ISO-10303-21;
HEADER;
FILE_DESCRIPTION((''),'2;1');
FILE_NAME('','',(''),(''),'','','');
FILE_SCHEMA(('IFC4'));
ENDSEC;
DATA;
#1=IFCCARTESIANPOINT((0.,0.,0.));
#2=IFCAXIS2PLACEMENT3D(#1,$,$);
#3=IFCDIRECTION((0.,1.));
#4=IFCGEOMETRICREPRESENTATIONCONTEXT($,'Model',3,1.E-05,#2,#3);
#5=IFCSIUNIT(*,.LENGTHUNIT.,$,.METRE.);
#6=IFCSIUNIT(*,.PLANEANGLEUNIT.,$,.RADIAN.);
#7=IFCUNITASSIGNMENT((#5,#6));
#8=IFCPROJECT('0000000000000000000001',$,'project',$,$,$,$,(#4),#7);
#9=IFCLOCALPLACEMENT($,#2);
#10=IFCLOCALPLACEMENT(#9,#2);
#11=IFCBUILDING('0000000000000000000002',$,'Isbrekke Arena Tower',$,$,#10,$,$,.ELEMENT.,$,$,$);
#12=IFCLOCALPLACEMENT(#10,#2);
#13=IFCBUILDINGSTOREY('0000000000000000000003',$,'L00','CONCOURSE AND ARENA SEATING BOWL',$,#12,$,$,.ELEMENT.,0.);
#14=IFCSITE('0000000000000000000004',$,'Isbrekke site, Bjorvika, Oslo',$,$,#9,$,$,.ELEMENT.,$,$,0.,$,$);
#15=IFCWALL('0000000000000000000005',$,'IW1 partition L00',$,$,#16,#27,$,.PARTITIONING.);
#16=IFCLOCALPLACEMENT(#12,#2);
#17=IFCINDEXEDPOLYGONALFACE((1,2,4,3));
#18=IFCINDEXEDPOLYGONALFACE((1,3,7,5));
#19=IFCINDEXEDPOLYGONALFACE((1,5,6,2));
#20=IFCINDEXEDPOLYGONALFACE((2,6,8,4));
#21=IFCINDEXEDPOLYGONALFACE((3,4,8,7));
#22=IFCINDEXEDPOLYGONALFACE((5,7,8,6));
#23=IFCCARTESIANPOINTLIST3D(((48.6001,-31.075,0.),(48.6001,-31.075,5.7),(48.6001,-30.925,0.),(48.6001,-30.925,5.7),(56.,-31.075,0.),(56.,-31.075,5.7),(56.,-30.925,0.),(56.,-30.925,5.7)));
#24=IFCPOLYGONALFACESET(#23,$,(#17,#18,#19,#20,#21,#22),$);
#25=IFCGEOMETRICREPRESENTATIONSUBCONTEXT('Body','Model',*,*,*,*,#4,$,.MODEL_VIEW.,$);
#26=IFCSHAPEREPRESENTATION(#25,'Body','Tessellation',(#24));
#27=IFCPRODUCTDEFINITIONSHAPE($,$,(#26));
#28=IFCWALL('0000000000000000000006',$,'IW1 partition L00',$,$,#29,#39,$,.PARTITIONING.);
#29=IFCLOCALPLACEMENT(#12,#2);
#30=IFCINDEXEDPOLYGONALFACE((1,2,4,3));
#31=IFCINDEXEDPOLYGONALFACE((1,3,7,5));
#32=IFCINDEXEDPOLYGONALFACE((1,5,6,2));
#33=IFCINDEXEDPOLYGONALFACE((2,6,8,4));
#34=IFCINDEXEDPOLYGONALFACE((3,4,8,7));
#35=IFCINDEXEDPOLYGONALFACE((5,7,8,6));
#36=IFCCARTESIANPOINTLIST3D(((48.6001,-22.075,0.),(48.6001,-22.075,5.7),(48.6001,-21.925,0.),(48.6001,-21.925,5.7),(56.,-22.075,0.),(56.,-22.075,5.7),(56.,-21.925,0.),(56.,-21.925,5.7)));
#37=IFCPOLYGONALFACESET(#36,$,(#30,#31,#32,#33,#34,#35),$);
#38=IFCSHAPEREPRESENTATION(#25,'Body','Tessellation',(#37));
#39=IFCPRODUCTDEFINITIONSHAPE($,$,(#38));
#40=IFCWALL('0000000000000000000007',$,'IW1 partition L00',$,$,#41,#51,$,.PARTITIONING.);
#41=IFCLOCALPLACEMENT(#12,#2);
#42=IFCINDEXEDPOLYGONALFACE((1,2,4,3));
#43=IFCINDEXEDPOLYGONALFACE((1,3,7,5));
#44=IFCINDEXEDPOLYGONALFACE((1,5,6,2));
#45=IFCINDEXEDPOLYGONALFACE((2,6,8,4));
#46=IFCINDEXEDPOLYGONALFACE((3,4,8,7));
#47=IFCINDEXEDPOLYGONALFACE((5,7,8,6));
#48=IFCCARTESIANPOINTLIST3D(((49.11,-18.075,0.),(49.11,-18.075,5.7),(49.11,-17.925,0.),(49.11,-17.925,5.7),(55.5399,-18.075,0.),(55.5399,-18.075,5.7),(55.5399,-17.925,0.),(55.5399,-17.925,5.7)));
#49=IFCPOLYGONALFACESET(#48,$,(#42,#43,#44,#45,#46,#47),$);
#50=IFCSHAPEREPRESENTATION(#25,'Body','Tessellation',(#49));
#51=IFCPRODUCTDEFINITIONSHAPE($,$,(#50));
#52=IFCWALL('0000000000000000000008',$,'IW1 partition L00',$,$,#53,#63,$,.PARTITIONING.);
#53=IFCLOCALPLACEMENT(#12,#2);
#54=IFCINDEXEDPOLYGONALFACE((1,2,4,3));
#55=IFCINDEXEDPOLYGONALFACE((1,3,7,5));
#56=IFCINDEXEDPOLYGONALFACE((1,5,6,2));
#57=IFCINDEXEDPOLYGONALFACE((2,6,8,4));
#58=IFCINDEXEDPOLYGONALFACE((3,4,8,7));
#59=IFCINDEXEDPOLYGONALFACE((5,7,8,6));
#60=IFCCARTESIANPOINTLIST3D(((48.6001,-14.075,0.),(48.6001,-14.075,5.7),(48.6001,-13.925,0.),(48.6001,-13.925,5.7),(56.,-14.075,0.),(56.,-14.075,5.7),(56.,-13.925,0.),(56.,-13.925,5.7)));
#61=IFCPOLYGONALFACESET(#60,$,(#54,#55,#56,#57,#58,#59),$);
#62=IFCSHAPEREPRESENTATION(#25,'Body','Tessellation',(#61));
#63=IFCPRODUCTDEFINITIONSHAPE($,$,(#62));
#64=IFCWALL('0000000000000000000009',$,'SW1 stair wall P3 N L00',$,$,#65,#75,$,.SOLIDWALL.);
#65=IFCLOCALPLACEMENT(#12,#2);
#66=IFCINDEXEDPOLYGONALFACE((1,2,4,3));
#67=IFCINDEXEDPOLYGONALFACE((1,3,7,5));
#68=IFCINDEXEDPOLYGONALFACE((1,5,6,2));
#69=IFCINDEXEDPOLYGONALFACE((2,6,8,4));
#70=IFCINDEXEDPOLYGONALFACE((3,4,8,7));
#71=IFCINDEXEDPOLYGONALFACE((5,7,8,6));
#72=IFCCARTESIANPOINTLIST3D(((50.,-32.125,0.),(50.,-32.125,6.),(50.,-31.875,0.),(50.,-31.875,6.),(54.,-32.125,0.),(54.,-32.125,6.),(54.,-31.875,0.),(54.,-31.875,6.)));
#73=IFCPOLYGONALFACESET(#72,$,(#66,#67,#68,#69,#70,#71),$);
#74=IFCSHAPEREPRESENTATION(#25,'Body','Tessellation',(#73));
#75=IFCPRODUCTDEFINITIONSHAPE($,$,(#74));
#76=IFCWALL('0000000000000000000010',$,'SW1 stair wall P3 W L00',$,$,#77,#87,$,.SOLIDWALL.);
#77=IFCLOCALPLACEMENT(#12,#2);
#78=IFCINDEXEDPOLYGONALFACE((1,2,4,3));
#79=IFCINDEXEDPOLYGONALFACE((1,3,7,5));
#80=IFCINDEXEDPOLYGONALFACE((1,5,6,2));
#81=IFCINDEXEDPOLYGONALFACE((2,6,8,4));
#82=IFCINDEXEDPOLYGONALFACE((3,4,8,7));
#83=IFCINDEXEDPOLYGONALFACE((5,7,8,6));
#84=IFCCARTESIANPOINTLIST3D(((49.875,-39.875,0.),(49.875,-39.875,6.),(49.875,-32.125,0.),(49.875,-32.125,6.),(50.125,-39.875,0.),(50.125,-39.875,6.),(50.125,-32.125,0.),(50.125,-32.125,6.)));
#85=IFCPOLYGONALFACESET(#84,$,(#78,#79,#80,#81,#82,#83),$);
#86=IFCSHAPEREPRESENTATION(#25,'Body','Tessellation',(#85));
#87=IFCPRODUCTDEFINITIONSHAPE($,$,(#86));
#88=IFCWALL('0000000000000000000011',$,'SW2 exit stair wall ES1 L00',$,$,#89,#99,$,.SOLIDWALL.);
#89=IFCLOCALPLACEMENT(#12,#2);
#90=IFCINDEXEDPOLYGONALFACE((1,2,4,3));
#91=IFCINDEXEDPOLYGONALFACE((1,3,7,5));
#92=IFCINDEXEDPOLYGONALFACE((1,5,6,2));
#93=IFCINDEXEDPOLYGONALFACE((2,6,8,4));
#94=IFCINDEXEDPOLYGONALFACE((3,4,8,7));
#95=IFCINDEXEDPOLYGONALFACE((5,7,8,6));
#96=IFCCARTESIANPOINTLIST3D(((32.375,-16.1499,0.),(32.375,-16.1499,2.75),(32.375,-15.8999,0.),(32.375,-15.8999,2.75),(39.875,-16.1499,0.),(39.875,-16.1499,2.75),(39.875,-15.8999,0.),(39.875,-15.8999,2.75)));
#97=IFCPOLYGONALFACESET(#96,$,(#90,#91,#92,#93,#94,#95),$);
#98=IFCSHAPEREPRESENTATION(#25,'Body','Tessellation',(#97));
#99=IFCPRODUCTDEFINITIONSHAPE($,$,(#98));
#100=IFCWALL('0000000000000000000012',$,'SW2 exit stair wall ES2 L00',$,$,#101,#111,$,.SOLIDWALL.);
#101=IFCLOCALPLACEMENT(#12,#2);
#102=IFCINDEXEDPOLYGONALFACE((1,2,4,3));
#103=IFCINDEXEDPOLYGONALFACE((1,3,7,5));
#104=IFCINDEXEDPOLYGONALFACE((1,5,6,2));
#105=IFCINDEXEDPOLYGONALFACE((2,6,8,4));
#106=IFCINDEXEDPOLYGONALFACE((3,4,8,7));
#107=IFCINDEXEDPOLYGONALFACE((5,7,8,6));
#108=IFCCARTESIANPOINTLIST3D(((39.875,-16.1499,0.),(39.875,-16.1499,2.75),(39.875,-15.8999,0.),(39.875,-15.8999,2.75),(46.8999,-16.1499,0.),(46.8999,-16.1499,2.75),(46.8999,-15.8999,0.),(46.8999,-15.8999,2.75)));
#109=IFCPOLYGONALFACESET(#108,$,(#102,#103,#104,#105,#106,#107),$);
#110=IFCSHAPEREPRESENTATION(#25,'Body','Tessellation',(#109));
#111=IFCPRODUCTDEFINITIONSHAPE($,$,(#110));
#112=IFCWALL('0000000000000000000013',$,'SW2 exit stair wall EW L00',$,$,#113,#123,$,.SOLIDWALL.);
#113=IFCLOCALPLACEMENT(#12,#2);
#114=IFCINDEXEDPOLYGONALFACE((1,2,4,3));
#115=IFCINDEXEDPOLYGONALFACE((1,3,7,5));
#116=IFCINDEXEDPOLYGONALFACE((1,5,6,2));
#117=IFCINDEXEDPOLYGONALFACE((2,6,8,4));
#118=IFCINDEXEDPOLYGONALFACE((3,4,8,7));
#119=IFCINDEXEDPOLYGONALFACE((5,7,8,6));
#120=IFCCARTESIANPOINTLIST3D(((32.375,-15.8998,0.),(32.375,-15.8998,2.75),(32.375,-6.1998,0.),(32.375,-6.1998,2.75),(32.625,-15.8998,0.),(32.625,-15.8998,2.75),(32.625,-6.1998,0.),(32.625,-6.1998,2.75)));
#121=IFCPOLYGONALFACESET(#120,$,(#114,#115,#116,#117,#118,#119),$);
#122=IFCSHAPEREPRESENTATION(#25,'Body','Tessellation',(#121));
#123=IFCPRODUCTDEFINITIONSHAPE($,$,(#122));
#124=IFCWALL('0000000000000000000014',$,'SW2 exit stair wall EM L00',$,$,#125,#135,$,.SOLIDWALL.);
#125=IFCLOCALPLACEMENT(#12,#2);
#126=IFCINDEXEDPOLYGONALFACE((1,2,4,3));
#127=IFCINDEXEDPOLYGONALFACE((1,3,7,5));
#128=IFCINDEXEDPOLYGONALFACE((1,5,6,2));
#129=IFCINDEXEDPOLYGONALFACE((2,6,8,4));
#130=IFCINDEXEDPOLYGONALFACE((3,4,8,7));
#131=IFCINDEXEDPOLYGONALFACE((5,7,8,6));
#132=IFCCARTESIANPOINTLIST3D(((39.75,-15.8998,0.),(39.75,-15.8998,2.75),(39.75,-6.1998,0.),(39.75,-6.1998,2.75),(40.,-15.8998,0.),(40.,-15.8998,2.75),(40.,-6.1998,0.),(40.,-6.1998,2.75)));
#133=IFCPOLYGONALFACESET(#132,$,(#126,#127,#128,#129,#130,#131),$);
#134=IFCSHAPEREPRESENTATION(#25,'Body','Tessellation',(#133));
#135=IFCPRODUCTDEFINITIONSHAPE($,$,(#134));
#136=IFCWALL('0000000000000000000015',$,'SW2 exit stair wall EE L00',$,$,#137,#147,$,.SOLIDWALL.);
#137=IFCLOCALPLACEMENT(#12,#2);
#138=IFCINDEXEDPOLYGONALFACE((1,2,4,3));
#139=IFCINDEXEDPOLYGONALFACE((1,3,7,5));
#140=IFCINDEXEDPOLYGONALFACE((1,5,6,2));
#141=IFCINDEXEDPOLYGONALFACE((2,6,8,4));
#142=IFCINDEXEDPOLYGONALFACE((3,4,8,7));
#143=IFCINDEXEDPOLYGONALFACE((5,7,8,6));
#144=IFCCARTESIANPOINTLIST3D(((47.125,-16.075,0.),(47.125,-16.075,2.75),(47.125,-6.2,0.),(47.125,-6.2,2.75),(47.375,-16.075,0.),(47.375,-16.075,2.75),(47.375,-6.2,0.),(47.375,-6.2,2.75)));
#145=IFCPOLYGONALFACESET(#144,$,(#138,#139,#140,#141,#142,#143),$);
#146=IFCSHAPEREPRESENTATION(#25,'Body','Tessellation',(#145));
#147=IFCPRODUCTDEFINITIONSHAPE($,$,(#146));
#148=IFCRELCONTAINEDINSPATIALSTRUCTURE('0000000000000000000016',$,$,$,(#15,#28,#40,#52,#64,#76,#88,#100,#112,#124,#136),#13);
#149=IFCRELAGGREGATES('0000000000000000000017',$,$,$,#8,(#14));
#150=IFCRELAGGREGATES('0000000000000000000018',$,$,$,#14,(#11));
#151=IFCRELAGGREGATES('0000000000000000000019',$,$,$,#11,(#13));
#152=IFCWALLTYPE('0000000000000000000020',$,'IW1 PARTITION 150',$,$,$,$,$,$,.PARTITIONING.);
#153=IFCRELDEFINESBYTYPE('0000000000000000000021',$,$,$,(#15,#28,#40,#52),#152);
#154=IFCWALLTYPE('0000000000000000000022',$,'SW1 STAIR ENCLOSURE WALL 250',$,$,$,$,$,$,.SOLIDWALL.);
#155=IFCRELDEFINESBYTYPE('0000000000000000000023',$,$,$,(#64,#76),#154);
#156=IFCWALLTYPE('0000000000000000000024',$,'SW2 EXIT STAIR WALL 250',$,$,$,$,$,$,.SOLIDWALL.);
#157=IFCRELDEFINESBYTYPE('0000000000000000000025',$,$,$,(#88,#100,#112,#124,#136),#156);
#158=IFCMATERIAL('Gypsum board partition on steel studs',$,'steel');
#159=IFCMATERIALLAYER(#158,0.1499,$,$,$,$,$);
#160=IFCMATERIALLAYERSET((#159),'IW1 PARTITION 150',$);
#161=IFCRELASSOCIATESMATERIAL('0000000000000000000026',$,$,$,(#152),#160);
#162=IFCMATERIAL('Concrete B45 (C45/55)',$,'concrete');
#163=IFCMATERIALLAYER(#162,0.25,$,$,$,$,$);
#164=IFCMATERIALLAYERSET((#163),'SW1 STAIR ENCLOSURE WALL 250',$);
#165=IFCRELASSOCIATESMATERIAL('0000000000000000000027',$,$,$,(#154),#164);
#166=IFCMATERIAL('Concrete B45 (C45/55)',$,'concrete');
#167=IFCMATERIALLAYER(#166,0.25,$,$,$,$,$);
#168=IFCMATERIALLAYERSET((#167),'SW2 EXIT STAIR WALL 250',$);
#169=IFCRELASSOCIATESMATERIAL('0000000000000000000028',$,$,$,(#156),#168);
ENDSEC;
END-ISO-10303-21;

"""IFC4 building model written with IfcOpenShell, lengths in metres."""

from ifc_helpers import new_model, si_unit, direction, frame, frame_2d, origin, place, context, subcontext, project, spatial, rectangle, extrude, material, layer, layer_set, type_object, element, save


model = new_model("IFC4")

# Units and contexts
model_context = context("Model", 3, precision=1e-05, world=origin(), true_north=direction((0.0, 1.0)))
body_context = subcontext(model_context, "Body", "Model", "MODEL_VIEW")
ifc_project = project(units=[si_unit("LENGTHUNIT", "METRE"), si_unit("PLANEANGLEUNIT", "RADIAN")], contexts=[model_context])

# Site, building, storey
site_placement = place(None, origin())
site = spatial("IfcSite", under=ifc_project, at=site_placement, Name="Isbrekke site, Bjorvika, Oslo", CompositionType="ELEMENT", RefElevation=0.0)
building_placement = place(site_placement, origin())
building = spatial("IfcBuilding", under=site, at=building_placement, Name="Isbrekke Arena Tower", CompositionType="ELEMENT")
storey_placement = place(building_placement, origin())
storey = spatial("IfcBuildingStorey", under=building, at=storey_placement, Name="L00", Description="CONCOURSE AND ARENA SEATING BOWL", CompositionType="ELEMENT", Elevation=0.0)

# Shared definitions
ifc_material_1 = material(Name="Gypsum board partition on steel studs", Category="steel")
ifc_layer_1 = layer(ifc_material_1, 0.1499)
ifc_layer_set_1 = layer_set([ifc_layer_1], Name="IW1 PARTITION 150")
wall_type_1 = type_object("IfcWallType", Name="IW1 PARTITION 150", PredefinedType="PARTITIONING", material=ifc_layer_set_1)

# Walls
for number, where, z_axis, x_axis, name in (
    (1, (48.6001, -31.0, 0.0), (0.0, 0.0, 1.0), (1.0, 0.0, 0.0), "IW1 partition L00"),
    (2, (48.6001, -22.0, 0.0), (0.0, 0.0, 1.0), (1.0, 0.0, 0.0), "IW1 partition L00"),
):
    element("IfcWall", number, at=place(storey_placement, frame(where, z_axis=z_axis, x_axis=x_axis)), inside=storey, type_object=wall_type_1, Name=name, PredefinedType="PARTITIONING", context=body_context, shape_type="SweptSolid", body=[
        extrude(rectangle(XDim=7.3999, YDim=0.1499, at=frame_2d((3.7, 0.0))), origin(), (0.0, 0.0, 1.0), 5.7),
    ])
wall_1_placement = place(storey_placement, frame((49.1101, -18.0, 0.0), z_axis=(0.0, 0.0, 1.0), x_axis=(1.0, 0.0, 0.0)))
element("IfcWall", 3, at=wall_1_placement, inside=storey, type_object=wall_type_1, Name="IW1 partition L00", PredefinedType="PARTITIONING", context=body_context, shape_type="SweptSolid", body=[
    extrude(rectangle(XDim=6.4299, YDim=0.1499, at=frame_2d((3.2148, 0.0))), origin(), (0.0, 0.0, 1.0), 5.7),
])
wall_2_placement = place(storey_placement, frame((48.6001, -14.0, 0.0), z_axis=(0.0, 0.0, 1.0), x_axis=(1.0, 0.0, 0.0)))
element("IfcWall", 4, at=wall_2_placement, inside=storey, type_object=wall_type_1, Name="IW1 partition L00", PredefinedType="PARTITIONING", context=body_context, shape_type="SweptSolid", body=[
    extrude(rectangle(XDim=7.3999, YDim=0.1499, at=frame_2d((3.7, 0.0))), origin(), (0.0, 0.0, 1.0), 5.7),
])
ifc_material_2 = material(Name="Concrete B45 (C45/55)", Category="concrete")
ifc_layer_2 = layer(ifc_material_2, 0.25)
ifc_layer_set_2 = layer_set([ifc_layer_2], Name="SW1 STAIR ENCLOSURE WALL 250")
wall_type_2 = type_object("IfcWallType", Name="SW1 STAIR ENCLOSURE WALL 250", PredefinedType="SOLIDWALL", material=ifc_layer_set_2)
wall_3_placement = place(storey_placement, frame((54.0, -32.0, 0.0), z_axis=(0.0, 0.0, 1.0), x_axis=(-1.0, 0.0, 0.0)))
element("IfcWall", 5, at=wall_3_placement, inside=storey, type_object=wall_type_2, Name="SW1 stair wall P3 N L00", PredefinedType="SOLIDWALL", context=body_context, shape_type="SweptSolid", body=[
    extrude(rectangle(XDim=4.0, YDim=0.25, at=frame_2d((2.0, 0.0))), origin(), (0.0, 0.0, 1.0), 6.0),
])
wall_4_placement = place(storey_placement, frame((50.0, -32.125, 0.0), z_axis=(0.0, 0.0, 1.0), x_axis=(0.0, -1.0, 0.0)))
element("IfcWall", 6, at=wall_4_placement, inside=storey, type_object=wall_type_2, Name="SW1 stair wall P3 W L00", PredefinedType="SOLIDWALL", context=body_context, shape_type="SweptSolid", body=[
    extrude(rectangle(XDim=7.75, YDim=0.25, at=frame_2d((3.875, 0.0))), origin(), (0.0, 0.0, 1.0), 6.0),
])
ifc_material_3 = material(Name="Concrete B45 (C45/55)", Category="concrete")
ifc_layer_3 = layer(ifc_material_3, 0.25)
ifc_layer_set_3 = layer_set([ifc_layer_3], Name="SW2 EXIT STAIR WALL 250")
wall_type_3 = type_object("IfcWallType", Name="SW2 EXIT STAIR WALL 250", PredefinedType="SOLIDWALL", material=ifc_layer_set_3)
wall_5_placement = place(storey_placement, frame((32.375, -16.0249, 0.0), z_axis=(0.0, 0.0, 1.0), x_axis=(1.0, 0.0, 0.0)))
element("IfcWall", 7, at=wall_5_placement, inside=storey, type_object=wall_type_3, Name="SW2 exit stair wall ES1 L00", PredefinedType="SOLIDWALL", context=body_context, shape_type="SweptSolid", body=[
    extrude(rectangle(XDim=7.5, YDim=0.25, at=frame_2d((3.75, 0.0))), origin(), (0.0, 0.0, 1.0), 2.75),
])
wall_6_placement = place(storey_placement, frame((39.875, -16.0249, 0.0), z_axis=(0.0, 0.0, 1.0), x_axis=(1.0, 0.0, 0.0)))
element("IfcWall", 8, at=wall_6_placement, inside=storey, type_object=wall_type_3, Name="SW2 exit stair wall ES2 L00", PredefinedType="SOLIDWALL", context=body_context, shape_type="SweptSolid", body=[
    extrude(rectangle(XDim=7.0249, YDim=0.25, at=frame_2d((3.5125, 0.0))), origin(), (0.0, 0.0, 1.0), 2.75),
])
for number, where, z_axis, x_axis, name in (
    (9, (32.5, -15.8999, 0.0), (0.0, 0.0, 1.0), (0.0, 1.0, 0.0), "SW2 exit stair wall EW L00"),
    (10, (39.875, -15.8999, 0.0), (0.0, 0.0, 1.0), (0.0, 1.0, 0.0), "SW2 exit stair wall EM L00"),
):
    element("IfcWall", number, at=place(storey_placement, frame(where, z_axis=z_axis, x_axis=x_axis)), inside=storey, type_object=wall_type_3, Name=name, PredefinedType="SOLIDWALL", context=body_context, shape_type="SweptSolid", body=[
        extrude(rectangle(XDim=9.7, YDim=0.25, at=frame_2d((4.8501, 0.0))), origin(), (0.0, 0.0, 1.0), 2.75),
    ])
wall_7_placement = place(storey_placement, frame((47.25, -16.075, 0.0), z_axis=(0.0, 0.0, 1.0), x_axis=(0.0, 1.0, 0.0)))
element("IfcWall", 11, at=wall_7_placement, inside=storey, type_object=wall_type_3, Name="SW2 exit stair wall EE L00", PredefinedType="SOLIDWALL", context=body_context, shape_type="SweptSolid", body=[
    extrude(rectangle(XDim=9.875, YDim=0.25, at=frame_2d((4.9375, 0.0))), origin(), (0.0, 0.0, 1.0), 2.75),
])

save(model, "model.ifc")
